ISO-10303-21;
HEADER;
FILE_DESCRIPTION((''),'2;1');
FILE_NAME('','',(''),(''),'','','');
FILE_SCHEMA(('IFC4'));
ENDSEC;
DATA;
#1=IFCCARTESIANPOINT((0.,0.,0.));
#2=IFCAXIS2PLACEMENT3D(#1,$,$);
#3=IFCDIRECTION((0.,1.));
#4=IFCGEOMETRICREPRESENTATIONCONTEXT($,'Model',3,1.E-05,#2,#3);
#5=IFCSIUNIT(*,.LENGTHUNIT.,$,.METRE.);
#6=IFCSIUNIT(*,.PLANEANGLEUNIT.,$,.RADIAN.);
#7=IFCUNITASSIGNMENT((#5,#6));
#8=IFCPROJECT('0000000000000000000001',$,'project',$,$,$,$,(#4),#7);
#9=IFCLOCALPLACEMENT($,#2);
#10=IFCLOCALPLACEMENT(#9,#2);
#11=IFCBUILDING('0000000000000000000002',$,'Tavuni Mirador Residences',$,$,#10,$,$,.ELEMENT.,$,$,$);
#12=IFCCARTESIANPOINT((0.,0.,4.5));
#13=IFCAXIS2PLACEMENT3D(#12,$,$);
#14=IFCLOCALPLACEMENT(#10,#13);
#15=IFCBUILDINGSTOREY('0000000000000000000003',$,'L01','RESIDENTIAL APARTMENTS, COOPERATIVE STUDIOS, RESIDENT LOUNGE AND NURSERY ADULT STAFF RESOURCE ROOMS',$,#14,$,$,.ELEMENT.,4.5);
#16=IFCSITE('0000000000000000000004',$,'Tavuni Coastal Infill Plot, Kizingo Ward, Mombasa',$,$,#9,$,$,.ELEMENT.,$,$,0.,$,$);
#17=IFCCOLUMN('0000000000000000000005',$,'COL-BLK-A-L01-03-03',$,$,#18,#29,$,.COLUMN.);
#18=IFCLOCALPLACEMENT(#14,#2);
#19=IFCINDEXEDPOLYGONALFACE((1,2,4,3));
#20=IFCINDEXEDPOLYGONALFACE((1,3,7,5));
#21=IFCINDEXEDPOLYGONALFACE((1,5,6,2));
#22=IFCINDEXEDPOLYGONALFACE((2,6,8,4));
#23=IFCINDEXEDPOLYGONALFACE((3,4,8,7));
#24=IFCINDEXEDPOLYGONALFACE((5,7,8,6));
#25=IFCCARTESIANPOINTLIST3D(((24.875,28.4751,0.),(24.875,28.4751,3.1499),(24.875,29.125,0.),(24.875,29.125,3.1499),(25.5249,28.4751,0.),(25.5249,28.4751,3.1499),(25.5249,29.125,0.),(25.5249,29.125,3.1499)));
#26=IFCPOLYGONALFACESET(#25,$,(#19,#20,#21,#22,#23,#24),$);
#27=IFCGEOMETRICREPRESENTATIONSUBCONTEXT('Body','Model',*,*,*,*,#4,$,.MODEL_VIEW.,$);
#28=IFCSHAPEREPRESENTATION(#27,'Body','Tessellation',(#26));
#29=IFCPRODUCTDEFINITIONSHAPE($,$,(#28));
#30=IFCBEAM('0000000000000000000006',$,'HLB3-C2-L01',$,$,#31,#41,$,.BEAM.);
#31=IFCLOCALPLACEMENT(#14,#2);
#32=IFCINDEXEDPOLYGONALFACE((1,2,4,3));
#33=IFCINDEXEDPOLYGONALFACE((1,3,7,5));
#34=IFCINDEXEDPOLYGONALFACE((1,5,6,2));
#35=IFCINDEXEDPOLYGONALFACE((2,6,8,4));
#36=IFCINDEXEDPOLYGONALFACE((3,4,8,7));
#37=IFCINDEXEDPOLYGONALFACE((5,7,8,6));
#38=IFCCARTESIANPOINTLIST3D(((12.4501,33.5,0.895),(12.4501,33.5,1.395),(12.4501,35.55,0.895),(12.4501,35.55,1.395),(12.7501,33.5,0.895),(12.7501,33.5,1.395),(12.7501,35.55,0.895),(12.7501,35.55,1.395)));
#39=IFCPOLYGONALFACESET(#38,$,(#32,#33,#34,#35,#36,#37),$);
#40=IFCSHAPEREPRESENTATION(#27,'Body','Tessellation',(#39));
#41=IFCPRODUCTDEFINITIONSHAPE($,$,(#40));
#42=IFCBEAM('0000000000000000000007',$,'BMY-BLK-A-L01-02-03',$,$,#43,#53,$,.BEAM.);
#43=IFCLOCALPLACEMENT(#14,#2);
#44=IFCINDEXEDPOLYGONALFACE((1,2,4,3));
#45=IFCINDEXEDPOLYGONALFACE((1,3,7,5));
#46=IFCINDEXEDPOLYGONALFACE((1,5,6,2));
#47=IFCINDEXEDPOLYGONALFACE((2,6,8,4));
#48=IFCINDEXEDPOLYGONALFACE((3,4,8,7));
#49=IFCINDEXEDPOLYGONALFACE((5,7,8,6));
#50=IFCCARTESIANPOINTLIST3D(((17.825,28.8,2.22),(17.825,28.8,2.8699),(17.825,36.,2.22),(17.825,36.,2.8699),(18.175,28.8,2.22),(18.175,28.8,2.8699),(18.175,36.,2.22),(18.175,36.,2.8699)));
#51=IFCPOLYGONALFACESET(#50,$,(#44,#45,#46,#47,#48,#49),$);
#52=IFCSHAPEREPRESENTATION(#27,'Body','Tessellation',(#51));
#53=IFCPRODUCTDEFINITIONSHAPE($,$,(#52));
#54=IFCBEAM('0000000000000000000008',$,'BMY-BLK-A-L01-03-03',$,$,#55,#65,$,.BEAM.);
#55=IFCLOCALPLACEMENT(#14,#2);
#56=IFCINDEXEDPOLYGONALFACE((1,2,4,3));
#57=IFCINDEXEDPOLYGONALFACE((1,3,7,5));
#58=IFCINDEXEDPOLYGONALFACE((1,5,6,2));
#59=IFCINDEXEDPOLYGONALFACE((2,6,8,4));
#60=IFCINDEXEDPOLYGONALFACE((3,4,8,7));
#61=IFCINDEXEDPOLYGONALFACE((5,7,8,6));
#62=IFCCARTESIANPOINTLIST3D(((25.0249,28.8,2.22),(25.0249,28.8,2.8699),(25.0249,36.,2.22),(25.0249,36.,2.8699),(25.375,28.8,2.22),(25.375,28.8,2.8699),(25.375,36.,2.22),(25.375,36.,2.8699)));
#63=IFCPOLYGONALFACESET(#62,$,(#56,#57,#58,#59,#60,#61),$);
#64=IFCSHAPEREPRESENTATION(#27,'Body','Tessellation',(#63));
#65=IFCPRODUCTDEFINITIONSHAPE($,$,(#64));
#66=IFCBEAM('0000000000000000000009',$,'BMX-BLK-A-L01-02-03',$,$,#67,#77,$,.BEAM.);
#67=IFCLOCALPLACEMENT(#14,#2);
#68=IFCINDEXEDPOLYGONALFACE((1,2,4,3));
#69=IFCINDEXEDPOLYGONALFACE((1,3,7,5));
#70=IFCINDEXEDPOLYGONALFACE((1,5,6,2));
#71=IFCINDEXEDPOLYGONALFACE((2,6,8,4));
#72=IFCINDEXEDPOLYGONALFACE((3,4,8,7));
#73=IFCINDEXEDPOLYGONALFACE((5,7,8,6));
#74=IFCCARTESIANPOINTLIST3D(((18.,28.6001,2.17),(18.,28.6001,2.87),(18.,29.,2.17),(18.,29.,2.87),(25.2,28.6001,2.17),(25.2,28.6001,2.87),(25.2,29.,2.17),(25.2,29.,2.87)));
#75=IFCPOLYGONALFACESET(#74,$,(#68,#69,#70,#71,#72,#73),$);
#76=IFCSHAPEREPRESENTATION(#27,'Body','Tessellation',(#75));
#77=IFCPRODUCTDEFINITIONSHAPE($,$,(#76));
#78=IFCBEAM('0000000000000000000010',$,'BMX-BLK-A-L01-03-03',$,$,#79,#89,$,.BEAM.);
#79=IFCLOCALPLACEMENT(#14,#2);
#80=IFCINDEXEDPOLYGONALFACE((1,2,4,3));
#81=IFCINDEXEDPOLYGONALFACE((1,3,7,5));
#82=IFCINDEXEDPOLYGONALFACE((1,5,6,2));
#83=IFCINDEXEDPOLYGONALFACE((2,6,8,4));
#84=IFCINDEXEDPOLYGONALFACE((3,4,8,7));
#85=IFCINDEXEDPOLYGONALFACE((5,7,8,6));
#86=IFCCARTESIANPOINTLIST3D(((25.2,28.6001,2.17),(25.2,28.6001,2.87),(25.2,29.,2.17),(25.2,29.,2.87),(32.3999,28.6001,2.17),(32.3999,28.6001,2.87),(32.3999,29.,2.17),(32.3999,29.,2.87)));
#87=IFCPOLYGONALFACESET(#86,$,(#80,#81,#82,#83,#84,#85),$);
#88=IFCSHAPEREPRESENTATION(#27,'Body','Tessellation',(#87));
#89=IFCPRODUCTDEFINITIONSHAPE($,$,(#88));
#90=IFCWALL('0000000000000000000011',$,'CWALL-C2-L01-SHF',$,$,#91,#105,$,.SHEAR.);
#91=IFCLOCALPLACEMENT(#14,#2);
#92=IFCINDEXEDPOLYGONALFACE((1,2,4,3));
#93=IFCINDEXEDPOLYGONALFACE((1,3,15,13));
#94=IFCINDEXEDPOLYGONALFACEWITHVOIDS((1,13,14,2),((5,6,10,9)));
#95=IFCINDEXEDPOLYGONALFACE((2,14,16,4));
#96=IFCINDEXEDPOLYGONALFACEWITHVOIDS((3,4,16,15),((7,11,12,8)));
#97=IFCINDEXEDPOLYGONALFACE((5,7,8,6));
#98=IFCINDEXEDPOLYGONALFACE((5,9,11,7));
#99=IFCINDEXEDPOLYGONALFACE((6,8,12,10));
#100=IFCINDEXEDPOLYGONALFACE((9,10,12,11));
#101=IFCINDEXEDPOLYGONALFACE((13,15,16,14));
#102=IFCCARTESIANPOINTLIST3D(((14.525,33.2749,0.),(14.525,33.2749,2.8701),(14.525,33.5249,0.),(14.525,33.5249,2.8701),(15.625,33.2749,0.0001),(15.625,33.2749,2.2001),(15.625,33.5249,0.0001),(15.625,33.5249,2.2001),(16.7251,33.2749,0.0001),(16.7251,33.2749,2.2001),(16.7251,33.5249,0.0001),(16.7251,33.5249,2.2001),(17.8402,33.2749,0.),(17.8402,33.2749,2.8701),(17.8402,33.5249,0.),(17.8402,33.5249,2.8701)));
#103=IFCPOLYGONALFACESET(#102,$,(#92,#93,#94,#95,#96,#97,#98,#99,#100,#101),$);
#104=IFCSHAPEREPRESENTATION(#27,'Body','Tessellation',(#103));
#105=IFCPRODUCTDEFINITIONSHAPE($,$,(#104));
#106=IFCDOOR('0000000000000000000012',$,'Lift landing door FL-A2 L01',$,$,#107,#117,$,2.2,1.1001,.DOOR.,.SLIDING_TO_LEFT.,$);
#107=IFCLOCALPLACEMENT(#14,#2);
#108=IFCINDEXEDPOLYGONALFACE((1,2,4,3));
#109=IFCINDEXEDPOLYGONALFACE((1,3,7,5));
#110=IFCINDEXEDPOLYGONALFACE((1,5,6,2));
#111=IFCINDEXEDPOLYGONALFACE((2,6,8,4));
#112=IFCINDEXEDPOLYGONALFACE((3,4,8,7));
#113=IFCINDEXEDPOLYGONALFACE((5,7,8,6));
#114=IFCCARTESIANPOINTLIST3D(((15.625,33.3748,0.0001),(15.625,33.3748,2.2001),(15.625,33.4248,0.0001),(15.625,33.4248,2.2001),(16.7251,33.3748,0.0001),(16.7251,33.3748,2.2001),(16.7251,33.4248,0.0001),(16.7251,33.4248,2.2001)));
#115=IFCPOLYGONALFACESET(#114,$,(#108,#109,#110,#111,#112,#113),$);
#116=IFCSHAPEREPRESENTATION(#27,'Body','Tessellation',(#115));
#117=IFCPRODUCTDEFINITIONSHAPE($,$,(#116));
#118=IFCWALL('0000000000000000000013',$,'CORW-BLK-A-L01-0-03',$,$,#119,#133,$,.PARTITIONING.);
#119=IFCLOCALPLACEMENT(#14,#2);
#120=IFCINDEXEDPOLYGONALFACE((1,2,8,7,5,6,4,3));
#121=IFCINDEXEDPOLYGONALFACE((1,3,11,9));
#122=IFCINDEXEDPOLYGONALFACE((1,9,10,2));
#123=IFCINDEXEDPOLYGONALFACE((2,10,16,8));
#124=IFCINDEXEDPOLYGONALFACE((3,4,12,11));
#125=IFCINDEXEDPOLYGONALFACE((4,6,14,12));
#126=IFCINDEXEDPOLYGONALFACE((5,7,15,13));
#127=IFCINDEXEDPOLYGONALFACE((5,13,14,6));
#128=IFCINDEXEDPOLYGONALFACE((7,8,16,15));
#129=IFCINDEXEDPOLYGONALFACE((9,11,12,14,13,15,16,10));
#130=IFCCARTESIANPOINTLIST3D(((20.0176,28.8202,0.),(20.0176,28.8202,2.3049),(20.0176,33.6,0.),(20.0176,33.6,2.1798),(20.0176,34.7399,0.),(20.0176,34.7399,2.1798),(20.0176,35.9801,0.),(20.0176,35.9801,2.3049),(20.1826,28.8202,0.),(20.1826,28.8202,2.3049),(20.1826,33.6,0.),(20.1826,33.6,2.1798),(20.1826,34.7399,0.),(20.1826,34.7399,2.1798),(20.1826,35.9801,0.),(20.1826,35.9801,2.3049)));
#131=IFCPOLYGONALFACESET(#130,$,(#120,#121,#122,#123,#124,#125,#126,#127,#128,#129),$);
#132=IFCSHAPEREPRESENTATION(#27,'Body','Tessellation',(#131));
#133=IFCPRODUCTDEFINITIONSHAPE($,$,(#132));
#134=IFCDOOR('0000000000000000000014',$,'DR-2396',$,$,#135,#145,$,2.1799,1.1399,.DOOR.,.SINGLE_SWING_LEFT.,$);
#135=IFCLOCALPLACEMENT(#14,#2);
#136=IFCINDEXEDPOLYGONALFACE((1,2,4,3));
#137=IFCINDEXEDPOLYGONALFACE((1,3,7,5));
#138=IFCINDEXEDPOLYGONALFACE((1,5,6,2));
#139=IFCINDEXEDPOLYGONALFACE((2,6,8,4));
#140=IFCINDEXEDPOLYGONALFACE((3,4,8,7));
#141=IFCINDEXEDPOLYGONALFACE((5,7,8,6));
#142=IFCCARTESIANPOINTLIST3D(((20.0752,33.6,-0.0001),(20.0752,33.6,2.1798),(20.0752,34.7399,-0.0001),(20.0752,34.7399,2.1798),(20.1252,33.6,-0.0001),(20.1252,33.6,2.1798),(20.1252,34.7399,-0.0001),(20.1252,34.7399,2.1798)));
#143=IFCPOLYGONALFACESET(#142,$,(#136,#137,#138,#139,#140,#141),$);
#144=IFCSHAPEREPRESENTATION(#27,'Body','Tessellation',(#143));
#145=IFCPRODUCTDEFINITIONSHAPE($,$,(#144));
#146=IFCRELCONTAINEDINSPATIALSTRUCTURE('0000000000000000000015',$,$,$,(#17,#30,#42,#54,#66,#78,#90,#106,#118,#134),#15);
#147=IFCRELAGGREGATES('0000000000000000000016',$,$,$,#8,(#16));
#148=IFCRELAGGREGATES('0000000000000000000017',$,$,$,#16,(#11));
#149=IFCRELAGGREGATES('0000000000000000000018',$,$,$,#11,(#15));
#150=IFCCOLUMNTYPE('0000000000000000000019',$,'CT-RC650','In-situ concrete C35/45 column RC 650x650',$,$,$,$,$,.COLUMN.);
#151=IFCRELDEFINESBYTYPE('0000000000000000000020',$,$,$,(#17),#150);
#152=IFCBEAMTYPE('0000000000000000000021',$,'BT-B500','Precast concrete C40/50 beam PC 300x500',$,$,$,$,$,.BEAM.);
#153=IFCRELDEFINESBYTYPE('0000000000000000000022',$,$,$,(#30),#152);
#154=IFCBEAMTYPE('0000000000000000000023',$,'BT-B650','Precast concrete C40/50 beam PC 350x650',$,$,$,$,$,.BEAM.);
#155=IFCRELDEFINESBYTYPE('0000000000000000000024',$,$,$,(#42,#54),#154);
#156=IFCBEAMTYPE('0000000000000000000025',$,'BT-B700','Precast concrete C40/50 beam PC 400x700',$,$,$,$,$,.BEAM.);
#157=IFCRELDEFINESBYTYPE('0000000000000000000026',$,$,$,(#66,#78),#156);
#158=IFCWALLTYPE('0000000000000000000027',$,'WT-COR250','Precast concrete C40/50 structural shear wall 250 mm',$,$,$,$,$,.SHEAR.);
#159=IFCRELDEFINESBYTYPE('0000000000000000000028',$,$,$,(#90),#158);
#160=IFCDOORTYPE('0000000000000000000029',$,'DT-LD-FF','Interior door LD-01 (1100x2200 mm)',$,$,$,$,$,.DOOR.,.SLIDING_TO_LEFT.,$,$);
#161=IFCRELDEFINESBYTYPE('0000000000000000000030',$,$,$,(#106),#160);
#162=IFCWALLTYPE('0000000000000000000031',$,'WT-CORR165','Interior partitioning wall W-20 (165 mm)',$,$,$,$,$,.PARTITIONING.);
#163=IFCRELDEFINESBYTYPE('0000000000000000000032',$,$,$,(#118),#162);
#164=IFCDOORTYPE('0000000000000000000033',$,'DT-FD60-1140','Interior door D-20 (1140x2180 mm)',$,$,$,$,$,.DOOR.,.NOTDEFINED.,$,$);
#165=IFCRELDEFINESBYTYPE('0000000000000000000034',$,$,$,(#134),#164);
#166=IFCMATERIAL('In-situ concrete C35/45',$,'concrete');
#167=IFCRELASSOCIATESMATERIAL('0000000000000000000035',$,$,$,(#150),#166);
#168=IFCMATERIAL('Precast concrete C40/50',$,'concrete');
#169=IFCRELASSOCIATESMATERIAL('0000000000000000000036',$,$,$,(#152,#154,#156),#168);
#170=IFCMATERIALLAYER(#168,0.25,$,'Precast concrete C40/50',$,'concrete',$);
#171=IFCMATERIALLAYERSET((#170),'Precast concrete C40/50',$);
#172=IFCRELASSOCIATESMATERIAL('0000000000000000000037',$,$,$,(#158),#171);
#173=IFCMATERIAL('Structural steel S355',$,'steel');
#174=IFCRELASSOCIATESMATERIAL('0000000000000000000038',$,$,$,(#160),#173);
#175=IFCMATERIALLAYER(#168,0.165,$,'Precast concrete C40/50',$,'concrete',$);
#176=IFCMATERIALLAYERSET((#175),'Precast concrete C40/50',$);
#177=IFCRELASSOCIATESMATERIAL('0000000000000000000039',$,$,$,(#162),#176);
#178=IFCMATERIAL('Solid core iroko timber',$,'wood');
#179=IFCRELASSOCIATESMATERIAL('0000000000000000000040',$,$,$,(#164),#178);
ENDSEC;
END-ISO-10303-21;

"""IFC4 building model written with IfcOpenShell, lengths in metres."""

from ifc_helpers import new_model, si_unit, direction, frame, frame_2d, origin, origin_2d, place, context, subcontext, project, spatial, rectangle, extrude, material, layer, layer_set, material_profile, profile_set, type_object, element, fill, save


model = new_model("IFC4")

# Units and contexts
model_context = context("Model", 3, precision=1e-05, world=origin(), true_north=direction((0.0, 1.0)))
body_context = subcontext(model_context, "Body", "Model", "MODEL_VIEW")
ifc_project = project(units=[si_unit("LENGTHUNIT", "METRE"), si_unit("PLANEANGLEUNIT", "RADIAN")], contexts=[model_context])

# Site, building, storey
site_placement = place(None, origin())
site = spatial("IfcSite", under=ifc_project, at=site_placement, Name="Tavuni Coastal Infill Plot, Kizingo Ward, Mombasa", CompositionType="ELEMENT", RefElevation=0.0)
building_placement = place(site_placement, origin())
building = spatial("IfcBuilding", under=site, at=building_placement, Name="Tavuni Mirador Residences", CompositionType="ELEMENT")
storey_placement = place(building_placement, frame((0.0, 0.0, 4.5)))
storey = spatial("IfcBuildingStorey", under=building, at=storey_placement, Name="L01", Description="RESIDENTIAL APARTMENTS, COOPERATIVE STUDIOS, RESIDENT LOUNGE AND NURSERY ADULT STAFF RESOURCE ROOMS", CompositionType="ELEMENT", Elevation=4.5)

# Column
ifc_material_1 = material(Name="In-situ concrete C35/45", Category="concrete")
ifc_material_profile_1 = material_profile(ifc_material_1, rectangle(XDim=0.6499, YDim=0.6499, at=origin_2d()), Name="RC 650x650", Category="concrete")
ifc_profile_set_1 = profile_set([ifc_material_profile_1], Name="In-situ concrete C35/45")
column_type = type_object("IfcColumnType", Name="CT-RC650", Description="In-situ concrete C35/45 column RC 650x650", PredefinedType="COLUMN", material=ifc_profile_set_1)
column_placement = place(storey_placement, frame((25.2, 28.8, 0.0), z_axis=(0.0, 0.0, 1.0), x_axis=(1.0, 0.0, 0.0)))
element("IfcColumn", 1, at=column_placement, inside=storey, type_object=column_type, Name="COL-BLK-A-L01-03-03", PredefinedType="COLUMN", context=body_context, shape_type="SweptSolid", body=[
    extrude(rectangle(XDim=0.6499, YDim=0.6499, at=origin_2d()), origin(), (0.0, 0.0, 1.0), 3.1499),
])

# Beams
ifc_material_2 = material(Name="Precast concrete C40/50", Category="concrete")
ifc_material_profile_2 = material_profile(ifc_material_2, rectangle(XDim=0.3, YDim=0.5, at=origin_2d()), Name="PC 300x500", Category="concrete")
ifc_profile_set_2 = profile_set([ifc_material_profile_2], Name="Precast concrete C40/50")
beam_type_1 = type_object("IfcBeamType", Name="BT-B500", Description="Precast concrete C40/50 beam PC 300x500", PredefinedType="BEAM", material=ifc_profile_set_2)
beam_placement = place(storey_placement, frame((12.6001, 33.5, 1.145), z_axis=(0.0, 1.0, 0.0), x_axis=(-1.0, 0.0, 0.0)))
element("IfcBeam", 2, at=beam_placement, inside=storey, type_object=beam_type_1, Name="HLB3-C2-L01", PredefinedType="BEAM", context=body_context, shape_type="SweptSolid", body=[
    extrude(rectangle(XDim=0.3, YDim=0.5, at=origin_2d()), origin(), (0.0, 0.0, 1.0), 2.05),
])
ifc_material_profile_3 = material_profile(ifc_material_2, rectangle(XDim=0.3501, YDim=0.6499, at=origin_2d()), Name="PC 350x650", Category="concrete")
ifc_profile_set_3 = profile_set([ifc_material_profile_3], Name="Precast concrete C40/50")
beam_type_2 = type_object("IfcBeamType", Name="BT-B650", Description="Precast concrete C40/50 beam PC 350x650", PredefinedType="BEAM", material=ifc_profile_set_3)
for number, where, z_axis, x_axis, name in (
    (3, (18.0, 28.8, 2.5449), (0.0, 1.0, 0.0), (-1.0, 0.0, 0.0), "BMY-BLK-A-L01-02-03"),
    (4, (25.2, 28.8, 2.5449), (0.0, 1.0, 0.0), (-1.0, 0.0, 0.0), "BMY-BLK-A-L01-03-03"),
):
    element("IfcBeam", number, at=place(storey_placement, frame(where, z_axis=z_axis, x_axis=x_axis)), inside=storey, type_object=beam_type_2, Name=name, PredefinedType="BEAM", context=body_context, shape_type="SweptSolid", body=[
        extrude(rectangle(XDim=0.3501, YDim=0.6499, at=origin_2d()), origin(), (0.0, 0.0, 1.0), 7.2),
    ])
ifc_material_profile_4 = material_profile(ifc_material_2, rectangle(XDim=0.3999, YDim=0.7, at=origin_2d()), Name="PC 400x700", Category="concrete")
ifc_profile_set_4 = profile_set([ifc_material_profile_4], Name="Precast concrete C40/50")
beam_type_3 = type_object("IfcBeamType", Name="BT-B700", Description="Precast concrete C40/50 beam PC 400x700", PredefinedType="BEAM", material=ifc_profile_set_4)
for number, where, z_axis, x_axis, name in (
    (5, (18.0, 28.8, 2.52), (1.0, 0.0, 0.0), (0.0, 1.0, 0.0), "BMX-BLK-A-L01-02-03"),
    (6, (25.2, 28.8, 2.52), (1.0, 0.0, 0.0), (0.0, 1.0, 0.0), "BMX-BLK-A-L01-03-03"),
):
    element("IfcBeam", number, at=place(storey_placement, frame(where, z_axis=z_axis, x_axis=x_axis)), inside=storey, type_object=beam_type_3, Name=name, PredefinedType="BEAM", context=body_context, shape_type="SweptSolid", body=[
        extrude(rectangle(XDim=0.3999, YDim=0.7, at=origin_2d()), origin(), (0.0, 0.0, 1.0), 7.2),
    ])

# Walls, openings, doors
ifc_layer_1 = layer(ifc_material_2, 0.25, Name="Precast concrete C40/50", Category="concrete")
ifc_layer_set_1 = layer_set([ifc_layer_1], Name="Precast concrete C40/50")
wall_type_1 = type_object("IfcWallType", Name="WT-COR250", Description="Precast concrete C40/50 structural shear wall 250 mm", PredefinedType="SHEAR", material=ifc_layer_set_1)
ifc_material_3 = material(Name="Solid core iroko timber", Category="wood")
wall_1_placement = place(storey_placement, frame((14.5249, 33.3999, 0.0), z_axis=(0.0, 0.0, 1.0), x_axis=(1.0, 0.0, 0.0)))
wall_1 = element("IfcWall", 7, at=wall_1_placement, inside=storey, type_object=wall_type_1, Name="CWALL-C2-L01-SHF", PredefinedType="SHEAR", context=body_context, shape_type="SweptSolid", body=[
    extrude(rectangle(XDim=3.3152, YDim=0.25, at=frame_2d((1.6577, 0.0))), origin(), (0.0, 0.0, 1.0), 2.8701),
])
opening_1_placement = place(wall_1_placement, frame((1.1001, 0.0, 0.0)))
opening_1 = element("IfcOpeningElement", 8, at=opening_1_placement, cuts=wall_1, PredefinedType="OPENING", context=body_context, shape_type="SweptSolid", body=[
    extrude(rectangle(XDim=1.1001, YDim=2.2, at=frame_2d((0.55, 1.1001))), frame((0.0, 0.135, 0.0), z_axis=(0.0, -1.0, 0.0), x_axis=(1.0, 0.0, 0.0)), (0.0, 0.0, 1.0), 0.27),
])
ifc_material_4 = material(Name="Structural steel S355", Category="steel")
door_type_1 = type_object("IfcDoorType", Name="DT-LD-FF", Description="Interior door LD-01 (1100x2200 mm)", OperationType="SLIDING_TO_LEFT", PredefinedType="DOOR", material=ifc_material_4)
door_1_placement = place(opening_1_placement, origin())
door_1 = element("IfcDoor", 9, at=door_1_placement, inside=storey, type_object=door_type_1, Name="Lift landing door FL-A2 L01", OperationType="SLIDING_TO_LEFT", OverallHeight=2.2, OverallWidth=1.1001, PredefinedType="DOOR", context=body_context, shape_type="SweptSolid", body=[
    extrude(rectangle(XDim=1.1001, YDim=2.2, at=frame_2d((0.55, 1.1001))), frame((0.0, 0.0249, 0.0), z_axis=(0.0, -1.0, 0.0), x_axis=(1.0, 0.0, 0.0)), (0.0, 0.0, 1.0), 0.05),
])
fill(opening_1, door_1)
ifc_layer_2 = layer(ifc_material_2, 0.165, Name="Precast concrete C40/50", Category="concrete")
ifc_layer_set_2 = layer_set([ifc_layer_2], Name="Precast concrete C40/50")
wall_type_2 = type_object("IfcWallType", Name="WT-CORR165", Description="Interior partitioning wall W-20 (165 mm)", PredefinedType="PARTITIONING", material=ifc_layer_set_2)
wall_2_placement = place(storey_placement, frame((20.1001, 28.8201, 0.0), z_axis=(0.0, 0.0, 1.0), x_axis=(0.0, 1.0, 0.0)))
wall_2 = element("IfcWall", 10, at=wall_2_placement, inside=storey, type_object=wall_type_2, Name="CORW-BLK-A-L01-0-03", PredefinedType="PARTITIONING", context=body_context, shape_type="SweptSolid", body=[
    extrude(rectangle(XDim=7.1599, YDim=0.165, at=frame_2d((3.5801, 0.0))), origin(), (0.0, 0.0, 1.0), 2.3049),
])
opening_2_placement = place(wall_2_placement, frame((4.78, 0.0, 0.0)))
opening_2 = element("IfcOpeningElement", 11, at=opening_2_placement, cuts=wall_2, PredefinedType="OPENING", context=body_context, shape_type="SweptSolid", body=[
    extrude(rectangle(XDim=1.1399, YDim=2.1799, at=frame_2d((0.5698, 1.0898))), frame((0.0, 0.0925, 0.0), z_axis=(0.0, -1.0, 0.0), x_axis=(1.0, 0.0, 0.0)), (0.0, 0.0, 1.0), 0.1851),
])
door_type_2 = type_object("IfcDoorType", Name="DT-FD60-1140", Description="Interior door D-20 (1140x2180 mm)", OperationType="NOTDEFINED", PredefinedType="DOOR", material=ifc_material_3)
door_2_placement = place(opening_2_placement, origin())
door_2 = element("IfcDoor", 12, at=door_2_placement, inside=storey, type_object=door_type_2, Name="DR-2396", OperationType="SINGLE_SWING_LEFT", OverallHeight=2.1799, OverallWidth=1.1399, PredefinedType="DOOR", context=body_context, shape_type="SweptSolid", body=[
    extrude(rectangle(XDim=1.1399, YDim=2.1799, at=frame_2d((0.5698, 1.0898))), frame((0.0, 0.0249, 0.0), z_axis=(0.0, -1.0, 0.0), x_axis=(1.0, 0.0, 0.0)), (0.0, 0.0, 1.0), 0.05),
])
fill(opening_2, door_2)

save(model, "model.ifc")
